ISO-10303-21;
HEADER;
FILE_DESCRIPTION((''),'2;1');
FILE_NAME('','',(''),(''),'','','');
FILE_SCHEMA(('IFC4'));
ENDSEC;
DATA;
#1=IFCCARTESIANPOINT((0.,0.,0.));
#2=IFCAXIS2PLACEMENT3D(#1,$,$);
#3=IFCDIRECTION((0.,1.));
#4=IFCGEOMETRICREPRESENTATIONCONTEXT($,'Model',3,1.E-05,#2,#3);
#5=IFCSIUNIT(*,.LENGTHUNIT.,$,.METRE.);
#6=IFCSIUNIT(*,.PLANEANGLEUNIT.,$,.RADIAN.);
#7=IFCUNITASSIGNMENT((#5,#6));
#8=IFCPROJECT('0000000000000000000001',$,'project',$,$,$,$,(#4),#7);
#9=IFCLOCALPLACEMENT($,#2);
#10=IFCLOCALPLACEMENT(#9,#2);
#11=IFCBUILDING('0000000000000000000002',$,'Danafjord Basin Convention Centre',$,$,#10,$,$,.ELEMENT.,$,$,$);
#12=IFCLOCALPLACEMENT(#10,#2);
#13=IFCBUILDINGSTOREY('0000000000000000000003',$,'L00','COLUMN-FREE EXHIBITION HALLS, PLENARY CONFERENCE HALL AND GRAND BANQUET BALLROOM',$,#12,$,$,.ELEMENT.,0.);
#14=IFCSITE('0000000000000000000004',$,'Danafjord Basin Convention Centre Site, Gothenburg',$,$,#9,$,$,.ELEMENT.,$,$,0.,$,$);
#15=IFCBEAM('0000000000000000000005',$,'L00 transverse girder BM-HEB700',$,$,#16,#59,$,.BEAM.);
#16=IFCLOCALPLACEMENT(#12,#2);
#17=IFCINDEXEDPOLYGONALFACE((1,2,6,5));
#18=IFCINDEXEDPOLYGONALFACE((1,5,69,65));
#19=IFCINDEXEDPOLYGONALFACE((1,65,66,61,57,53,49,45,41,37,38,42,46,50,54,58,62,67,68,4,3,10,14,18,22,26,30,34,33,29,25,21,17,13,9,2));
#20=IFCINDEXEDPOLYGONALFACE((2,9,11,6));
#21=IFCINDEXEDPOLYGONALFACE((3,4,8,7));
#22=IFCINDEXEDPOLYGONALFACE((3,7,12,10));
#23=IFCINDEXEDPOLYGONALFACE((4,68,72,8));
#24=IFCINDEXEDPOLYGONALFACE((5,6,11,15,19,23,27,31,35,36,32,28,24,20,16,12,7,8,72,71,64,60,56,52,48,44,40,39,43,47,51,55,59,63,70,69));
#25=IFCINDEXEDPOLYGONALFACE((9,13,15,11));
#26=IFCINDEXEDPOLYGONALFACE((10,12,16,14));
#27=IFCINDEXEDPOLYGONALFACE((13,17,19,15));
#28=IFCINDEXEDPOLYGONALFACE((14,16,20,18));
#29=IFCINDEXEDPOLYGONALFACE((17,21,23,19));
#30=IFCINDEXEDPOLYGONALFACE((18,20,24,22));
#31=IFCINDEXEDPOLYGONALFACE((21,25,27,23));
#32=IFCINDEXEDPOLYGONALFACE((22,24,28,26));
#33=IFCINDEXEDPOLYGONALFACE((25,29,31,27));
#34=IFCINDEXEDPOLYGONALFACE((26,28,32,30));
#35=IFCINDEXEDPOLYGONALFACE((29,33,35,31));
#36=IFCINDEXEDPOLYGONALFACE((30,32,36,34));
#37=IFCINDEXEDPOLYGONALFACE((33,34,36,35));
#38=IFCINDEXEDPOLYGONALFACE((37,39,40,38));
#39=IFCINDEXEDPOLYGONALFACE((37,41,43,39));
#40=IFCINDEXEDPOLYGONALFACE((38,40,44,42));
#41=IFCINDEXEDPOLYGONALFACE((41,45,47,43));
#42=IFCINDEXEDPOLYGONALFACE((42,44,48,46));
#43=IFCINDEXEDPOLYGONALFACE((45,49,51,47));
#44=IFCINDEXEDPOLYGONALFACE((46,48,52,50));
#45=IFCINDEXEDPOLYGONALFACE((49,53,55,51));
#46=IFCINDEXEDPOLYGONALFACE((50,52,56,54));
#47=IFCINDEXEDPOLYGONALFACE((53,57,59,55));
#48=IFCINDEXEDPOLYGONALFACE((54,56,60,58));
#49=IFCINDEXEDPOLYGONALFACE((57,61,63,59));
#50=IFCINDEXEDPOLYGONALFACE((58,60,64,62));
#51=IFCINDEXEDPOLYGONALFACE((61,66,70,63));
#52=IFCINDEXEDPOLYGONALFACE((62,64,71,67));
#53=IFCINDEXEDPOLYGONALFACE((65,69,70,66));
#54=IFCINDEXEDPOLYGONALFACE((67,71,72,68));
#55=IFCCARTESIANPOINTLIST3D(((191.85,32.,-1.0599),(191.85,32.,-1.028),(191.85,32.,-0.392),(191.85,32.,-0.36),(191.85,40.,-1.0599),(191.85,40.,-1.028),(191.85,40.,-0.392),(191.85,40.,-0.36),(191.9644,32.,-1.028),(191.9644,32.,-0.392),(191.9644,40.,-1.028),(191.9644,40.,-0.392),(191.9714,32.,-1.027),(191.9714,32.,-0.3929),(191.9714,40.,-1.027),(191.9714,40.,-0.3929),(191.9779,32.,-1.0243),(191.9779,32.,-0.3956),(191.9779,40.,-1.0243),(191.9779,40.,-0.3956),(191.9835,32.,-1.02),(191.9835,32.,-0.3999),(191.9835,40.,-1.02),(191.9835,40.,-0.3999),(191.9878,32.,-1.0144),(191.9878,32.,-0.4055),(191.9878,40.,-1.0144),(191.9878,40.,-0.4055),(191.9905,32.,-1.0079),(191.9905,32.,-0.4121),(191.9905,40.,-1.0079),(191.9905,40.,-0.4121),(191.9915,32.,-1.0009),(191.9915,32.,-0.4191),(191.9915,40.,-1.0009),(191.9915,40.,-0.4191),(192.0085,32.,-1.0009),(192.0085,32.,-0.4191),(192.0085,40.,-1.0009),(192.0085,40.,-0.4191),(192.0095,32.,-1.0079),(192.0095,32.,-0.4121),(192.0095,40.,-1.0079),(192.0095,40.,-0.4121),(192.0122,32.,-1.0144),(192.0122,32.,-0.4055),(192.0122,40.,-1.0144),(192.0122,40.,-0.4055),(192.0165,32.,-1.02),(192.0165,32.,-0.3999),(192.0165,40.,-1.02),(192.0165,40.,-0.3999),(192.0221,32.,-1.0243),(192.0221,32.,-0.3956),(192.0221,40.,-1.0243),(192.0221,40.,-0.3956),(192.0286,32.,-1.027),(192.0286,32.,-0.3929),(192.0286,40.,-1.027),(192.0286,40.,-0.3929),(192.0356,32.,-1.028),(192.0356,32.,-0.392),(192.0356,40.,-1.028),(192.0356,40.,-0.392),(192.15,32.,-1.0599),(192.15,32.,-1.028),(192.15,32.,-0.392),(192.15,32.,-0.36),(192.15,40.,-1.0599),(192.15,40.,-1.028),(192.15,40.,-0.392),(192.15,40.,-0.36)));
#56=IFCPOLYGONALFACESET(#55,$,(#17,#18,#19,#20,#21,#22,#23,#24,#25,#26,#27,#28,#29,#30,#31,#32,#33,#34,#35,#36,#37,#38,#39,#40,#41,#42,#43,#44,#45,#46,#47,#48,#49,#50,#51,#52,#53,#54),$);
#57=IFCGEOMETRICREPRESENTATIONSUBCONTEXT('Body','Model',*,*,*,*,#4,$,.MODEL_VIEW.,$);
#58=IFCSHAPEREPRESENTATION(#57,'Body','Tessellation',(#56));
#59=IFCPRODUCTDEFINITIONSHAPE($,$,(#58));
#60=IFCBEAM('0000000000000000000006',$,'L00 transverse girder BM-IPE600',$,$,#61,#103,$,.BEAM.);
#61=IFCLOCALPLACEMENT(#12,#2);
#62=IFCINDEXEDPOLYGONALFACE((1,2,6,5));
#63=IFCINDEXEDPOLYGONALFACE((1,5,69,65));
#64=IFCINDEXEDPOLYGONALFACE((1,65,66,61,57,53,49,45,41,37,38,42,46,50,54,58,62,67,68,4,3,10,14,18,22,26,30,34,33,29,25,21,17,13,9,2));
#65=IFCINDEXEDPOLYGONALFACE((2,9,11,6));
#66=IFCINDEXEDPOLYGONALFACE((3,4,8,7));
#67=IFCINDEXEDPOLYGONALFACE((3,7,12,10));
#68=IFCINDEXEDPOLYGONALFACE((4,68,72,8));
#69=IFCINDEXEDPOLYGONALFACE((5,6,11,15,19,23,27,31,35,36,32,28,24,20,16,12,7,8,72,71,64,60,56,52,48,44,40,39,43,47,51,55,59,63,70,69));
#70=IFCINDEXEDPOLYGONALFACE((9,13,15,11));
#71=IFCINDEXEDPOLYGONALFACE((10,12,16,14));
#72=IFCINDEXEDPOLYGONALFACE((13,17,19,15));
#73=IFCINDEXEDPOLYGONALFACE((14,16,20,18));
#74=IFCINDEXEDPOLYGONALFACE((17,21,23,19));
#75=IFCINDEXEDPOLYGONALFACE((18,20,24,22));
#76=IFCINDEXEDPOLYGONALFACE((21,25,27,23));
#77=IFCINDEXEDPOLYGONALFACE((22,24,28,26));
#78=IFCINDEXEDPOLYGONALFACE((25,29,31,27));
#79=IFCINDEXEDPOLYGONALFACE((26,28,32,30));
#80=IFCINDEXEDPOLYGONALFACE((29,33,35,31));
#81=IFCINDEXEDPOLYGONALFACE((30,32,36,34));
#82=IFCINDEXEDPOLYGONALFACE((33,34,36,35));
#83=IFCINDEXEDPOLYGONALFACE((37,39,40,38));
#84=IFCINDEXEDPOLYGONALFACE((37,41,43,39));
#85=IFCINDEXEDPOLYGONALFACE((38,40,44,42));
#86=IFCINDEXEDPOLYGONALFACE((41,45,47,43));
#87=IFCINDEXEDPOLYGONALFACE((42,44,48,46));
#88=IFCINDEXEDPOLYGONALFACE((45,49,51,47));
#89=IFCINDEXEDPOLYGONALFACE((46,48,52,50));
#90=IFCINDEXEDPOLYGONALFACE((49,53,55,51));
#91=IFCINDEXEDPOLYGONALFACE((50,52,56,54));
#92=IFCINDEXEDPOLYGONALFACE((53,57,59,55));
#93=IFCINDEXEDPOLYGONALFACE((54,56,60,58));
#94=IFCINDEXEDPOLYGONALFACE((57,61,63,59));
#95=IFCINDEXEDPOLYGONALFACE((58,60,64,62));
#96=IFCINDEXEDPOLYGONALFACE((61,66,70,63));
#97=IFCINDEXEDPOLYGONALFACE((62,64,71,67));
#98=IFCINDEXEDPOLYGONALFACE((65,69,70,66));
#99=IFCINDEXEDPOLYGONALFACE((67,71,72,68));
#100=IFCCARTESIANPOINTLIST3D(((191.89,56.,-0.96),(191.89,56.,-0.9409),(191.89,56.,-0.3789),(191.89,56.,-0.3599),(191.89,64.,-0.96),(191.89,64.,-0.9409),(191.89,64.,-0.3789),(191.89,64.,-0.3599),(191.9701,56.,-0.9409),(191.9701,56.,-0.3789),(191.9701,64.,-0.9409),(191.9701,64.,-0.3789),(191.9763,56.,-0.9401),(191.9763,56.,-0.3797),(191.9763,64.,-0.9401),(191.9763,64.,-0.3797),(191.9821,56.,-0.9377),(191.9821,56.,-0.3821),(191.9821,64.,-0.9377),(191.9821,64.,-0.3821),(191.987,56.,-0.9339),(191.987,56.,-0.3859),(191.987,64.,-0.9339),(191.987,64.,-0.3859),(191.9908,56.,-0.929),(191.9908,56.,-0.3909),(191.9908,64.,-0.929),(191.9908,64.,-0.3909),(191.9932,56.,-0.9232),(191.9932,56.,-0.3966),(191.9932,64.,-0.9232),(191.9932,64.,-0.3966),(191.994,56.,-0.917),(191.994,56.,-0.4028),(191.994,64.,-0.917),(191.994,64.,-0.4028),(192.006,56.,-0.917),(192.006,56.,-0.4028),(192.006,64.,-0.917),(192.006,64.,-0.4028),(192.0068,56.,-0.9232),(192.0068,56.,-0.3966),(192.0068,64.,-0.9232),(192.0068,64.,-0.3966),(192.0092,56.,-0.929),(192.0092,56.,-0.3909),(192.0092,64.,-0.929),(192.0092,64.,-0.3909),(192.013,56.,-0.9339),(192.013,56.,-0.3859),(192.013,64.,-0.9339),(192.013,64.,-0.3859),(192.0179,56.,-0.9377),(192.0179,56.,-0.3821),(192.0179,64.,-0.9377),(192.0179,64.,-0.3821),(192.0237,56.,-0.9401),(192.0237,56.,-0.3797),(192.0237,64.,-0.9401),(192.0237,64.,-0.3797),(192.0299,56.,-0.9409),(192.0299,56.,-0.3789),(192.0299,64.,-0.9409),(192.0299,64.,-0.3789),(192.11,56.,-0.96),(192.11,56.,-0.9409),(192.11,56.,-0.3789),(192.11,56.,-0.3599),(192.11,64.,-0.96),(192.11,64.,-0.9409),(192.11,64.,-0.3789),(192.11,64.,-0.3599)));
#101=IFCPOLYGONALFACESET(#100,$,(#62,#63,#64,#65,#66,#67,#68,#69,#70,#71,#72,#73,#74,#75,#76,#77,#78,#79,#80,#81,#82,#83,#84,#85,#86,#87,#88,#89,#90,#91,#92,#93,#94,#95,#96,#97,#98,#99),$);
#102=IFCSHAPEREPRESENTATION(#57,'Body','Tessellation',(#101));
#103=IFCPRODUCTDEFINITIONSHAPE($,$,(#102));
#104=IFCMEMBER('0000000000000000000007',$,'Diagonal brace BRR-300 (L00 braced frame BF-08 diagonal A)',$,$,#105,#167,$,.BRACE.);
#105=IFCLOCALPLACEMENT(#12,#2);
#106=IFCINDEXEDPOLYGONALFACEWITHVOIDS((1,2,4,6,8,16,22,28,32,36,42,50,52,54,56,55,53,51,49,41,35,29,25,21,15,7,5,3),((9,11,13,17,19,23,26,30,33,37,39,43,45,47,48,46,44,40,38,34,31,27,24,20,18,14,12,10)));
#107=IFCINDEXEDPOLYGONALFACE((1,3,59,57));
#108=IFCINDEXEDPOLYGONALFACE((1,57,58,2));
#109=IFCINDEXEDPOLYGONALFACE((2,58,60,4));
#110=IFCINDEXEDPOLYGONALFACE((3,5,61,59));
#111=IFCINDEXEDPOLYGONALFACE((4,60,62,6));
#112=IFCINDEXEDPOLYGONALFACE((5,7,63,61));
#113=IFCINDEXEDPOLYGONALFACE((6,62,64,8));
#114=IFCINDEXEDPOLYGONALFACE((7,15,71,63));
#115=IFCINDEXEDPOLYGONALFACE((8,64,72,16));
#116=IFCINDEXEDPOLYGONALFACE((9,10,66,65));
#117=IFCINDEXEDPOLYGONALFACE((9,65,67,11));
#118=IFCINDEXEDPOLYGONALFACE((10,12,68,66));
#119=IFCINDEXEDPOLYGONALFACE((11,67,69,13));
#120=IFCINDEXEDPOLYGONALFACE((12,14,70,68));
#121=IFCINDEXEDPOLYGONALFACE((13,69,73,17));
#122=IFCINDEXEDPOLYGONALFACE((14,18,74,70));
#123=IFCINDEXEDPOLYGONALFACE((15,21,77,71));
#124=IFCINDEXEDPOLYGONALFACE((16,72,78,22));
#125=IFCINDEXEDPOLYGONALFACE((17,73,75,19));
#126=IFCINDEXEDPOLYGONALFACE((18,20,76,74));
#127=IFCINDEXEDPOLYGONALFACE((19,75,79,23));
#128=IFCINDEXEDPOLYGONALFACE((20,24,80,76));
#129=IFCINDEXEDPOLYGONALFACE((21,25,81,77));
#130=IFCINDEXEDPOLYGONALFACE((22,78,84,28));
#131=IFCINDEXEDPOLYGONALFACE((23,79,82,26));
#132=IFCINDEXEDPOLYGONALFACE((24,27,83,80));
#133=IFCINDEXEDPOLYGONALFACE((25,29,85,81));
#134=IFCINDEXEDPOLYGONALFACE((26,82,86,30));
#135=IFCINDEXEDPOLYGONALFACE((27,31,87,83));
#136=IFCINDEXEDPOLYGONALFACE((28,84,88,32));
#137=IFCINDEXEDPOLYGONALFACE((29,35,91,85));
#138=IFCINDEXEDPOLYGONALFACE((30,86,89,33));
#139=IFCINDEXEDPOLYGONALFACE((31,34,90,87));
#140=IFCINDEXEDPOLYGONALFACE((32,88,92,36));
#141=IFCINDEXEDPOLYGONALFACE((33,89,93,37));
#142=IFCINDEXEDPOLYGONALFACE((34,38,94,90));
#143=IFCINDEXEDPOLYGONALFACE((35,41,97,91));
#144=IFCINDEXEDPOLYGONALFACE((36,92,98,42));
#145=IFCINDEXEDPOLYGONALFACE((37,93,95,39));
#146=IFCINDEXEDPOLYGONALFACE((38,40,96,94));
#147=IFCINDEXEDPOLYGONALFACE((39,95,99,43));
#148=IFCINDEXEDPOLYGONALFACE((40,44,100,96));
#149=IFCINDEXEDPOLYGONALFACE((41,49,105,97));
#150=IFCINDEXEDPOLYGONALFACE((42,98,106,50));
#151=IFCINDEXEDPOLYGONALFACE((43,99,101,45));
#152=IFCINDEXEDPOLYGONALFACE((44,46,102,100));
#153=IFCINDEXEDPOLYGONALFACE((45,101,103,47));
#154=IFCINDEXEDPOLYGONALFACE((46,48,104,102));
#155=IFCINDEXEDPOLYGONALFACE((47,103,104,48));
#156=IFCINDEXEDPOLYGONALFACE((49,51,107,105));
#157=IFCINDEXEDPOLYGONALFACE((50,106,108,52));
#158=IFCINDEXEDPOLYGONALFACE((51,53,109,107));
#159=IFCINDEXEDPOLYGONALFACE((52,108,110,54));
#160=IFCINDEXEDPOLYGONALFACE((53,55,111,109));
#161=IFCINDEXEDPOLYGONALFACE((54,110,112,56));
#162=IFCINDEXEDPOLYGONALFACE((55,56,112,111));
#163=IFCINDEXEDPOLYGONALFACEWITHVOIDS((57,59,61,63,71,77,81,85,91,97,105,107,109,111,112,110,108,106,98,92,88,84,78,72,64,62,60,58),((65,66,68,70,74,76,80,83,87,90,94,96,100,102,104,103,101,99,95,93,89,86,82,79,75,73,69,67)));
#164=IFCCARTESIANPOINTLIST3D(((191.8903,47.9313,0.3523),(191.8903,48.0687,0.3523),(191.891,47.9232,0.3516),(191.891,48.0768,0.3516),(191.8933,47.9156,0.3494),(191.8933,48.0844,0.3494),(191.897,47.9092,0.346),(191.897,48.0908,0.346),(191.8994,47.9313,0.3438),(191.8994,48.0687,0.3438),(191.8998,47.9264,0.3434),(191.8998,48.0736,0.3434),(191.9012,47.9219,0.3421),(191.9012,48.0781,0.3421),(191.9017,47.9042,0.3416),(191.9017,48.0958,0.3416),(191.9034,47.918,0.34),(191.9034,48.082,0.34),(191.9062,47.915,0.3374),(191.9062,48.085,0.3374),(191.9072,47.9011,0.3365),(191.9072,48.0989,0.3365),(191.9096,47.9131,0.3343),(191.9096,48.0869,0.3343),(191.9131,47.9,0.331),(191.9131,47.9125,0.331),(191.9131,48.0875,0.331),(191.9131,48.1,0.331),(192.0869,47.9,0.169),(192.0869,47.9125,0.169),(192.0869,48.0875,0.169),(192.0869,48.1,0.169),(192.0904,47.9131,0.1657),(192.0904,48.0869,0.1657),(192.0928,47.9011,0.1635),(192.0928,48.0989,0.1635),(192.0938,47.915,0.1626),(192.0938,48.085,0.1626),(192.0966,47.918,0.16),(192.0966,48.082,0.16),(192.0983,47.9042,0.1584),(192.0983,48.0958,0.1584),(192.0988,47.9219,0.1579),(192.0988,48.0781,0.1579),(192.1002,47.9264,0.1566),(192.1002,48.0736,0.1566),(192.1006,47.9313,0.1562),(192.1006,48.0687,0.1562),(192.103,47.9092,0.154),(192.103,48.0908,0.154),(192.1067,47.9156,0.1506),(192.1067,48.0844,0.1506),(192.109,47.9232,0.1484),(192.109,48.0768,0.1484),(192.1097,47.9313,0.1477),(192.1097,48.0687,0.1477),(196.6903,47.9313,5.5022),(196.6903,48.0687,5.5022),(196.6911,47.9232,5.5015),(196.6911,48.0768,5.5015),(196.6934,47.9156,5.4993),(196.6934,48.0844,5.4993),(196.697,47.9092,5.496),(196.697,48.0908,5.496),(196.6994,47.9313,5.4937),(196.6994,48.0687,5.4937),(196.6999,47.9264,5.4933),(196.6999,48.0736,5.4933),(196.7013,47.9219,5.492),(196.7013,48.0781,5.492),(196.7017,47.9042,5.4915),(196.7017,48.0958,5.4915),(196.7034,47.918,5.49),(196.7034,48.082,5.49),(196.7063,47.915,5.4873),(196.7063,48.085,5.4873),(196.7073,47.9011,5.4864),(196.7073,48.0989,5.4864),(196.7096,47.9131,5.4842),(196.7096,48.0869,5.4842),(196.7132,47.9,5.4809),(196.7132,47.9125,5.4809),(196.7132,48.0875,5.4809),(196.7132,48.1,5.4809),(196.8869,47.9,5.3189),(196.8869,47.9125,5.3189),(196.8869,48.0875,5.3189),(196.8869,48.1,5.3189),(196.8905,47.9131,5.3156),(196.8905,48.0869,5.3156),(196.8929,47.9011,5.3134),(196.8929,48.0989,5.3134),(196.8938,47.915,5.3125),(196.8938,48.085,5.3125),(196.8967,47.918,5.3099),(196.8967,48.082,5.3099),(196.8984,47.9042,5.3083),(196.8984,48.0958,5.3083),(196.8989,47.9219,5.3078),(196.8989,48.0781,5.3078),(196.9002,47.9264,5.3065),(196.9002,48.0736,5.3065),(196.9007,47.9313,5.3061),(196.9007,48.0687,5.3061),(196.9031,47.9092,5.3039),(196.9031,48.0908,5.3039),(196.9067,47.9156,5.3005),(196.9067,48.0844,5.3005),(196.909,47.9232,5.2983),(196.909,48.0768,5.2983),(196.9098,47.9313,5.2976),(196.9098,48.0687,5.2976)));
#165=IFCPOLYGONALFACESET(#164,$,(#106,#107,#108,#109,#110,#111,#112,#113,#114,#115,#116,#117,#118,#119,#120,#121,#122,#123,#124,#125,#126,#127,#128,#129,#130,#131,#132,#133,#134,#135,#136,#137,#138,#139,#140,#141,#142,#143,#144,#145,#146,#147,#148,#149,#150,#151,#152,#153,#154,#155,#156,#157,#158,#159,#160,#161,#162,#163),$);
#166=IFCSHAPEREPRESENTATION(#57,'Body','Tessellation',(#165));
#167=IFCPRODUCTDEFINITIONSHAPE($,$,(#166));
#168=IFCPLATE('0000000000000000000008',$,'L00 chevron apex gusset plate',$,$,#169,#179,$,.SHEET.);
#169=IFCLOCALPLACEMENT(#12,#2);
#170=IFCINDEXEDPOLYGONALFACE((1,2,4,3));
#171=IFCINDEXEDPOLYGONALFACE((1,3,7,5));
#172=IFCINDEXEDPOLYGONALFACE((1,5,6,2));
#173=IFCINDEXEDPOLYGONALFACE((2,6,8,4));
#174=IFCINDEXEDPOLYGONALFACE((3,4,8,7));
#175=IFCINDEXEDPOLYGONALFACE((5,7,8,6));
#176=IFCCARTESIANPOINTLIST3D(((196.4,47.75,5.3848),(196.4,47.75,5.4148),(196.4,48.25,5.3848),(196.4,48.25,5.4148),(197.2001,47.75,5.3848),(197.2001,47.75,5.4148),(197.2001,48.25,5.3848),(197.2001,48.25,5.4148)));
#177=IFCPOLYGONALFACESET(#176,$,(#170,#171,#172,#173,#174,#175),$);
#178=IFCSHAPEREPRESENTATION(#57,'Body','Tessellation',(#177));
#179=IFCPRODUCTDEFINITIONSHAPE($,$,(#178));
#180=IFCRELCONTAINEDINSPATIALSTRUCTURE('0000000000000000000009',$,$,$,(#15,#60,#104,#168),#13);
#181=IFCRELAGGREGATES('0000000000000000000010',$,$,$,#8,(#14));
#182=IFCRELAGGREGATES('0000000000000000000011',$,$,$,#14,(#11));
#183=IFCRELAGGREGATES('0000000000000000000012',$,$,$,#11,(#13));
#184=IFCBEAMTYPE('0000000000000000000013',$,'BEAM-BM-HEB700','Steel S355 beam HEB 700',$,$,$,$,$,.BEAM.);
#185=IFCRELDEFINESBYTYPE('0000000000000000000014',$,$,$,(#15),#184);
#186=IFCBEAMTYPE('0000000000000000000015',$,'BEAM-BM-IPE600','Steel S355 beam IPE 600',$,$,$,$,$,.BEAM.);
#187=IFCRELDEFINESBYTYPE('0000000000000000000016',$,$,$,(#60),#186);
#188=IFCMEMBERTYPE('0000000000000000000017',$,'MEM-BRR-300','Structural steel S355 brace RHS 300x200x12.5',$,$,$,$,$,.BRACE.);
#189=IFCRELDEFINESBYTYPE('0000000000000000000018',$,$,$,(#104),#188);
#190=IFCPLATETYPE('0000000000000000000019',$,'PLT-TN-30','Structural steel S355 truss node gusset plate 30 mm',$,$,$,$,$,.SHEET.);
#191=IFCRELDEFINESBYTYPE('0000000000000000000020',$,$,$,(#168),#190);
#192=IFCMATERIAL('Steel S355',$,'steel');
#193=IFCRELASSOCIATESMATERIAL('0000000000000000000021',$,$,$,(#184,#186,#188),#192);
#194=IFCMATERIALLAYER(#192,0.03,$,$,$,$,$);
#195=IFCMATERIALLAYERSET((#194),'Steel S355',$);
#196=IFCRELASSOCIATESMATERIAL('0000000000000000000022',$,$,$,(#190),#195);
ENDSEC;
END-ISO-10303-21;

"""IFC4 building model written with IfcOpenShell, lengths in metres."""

from ifc_helpers import new_model, si_unit, direction, frame, origin, origin_2d, place, context, subcontext, project, spatial, rectangle, hollow_rectangle, i_section, extrude, material, layer, layer_set, material_profile, profile_set, type_object, element, save


model = new_model("IFC4")

# Units and contexts
model_context = context("Model", 3, precision=1e-05, world=origin(), true_north=direction((0.0, 1.0)))
body_context = subcontext(model_context, "Body", "Model", "MODEL_VIEW")
ifc_project = project(units=[si_unit("LENGTHUNIT", "METRE"), si_unit("PLANEANGLEUNIT", "RADIAN")], contexts=[model_context])

# Site, building, storey
site_placement = place(None, origin())
site = spatial("IfcSite", under=ifc_project, at=site_placement, Name="Danafjord Basin Convention Centre Site, Gothenburg", CompositionType="ELEMENT", RefElevation=0.0)
building_placement = place(site_placement, origin())
building = spatial("IfcBuilding", under=site, at=building_placement, Name="Danafjord Basin Convention Centre", CompositionType="ELEMENT")
storey_placement = place(building_placement, origin())
storey = spatial("IfcBuildingStorey", under=building, at=storey_placement, Name="L00", Description="COLUMN-FREE EXHIBITION HALLS, PLENARY CONFERENCE HALL AND GRAND BANQUET BALLROOM", CompositionType="ELEMENT", Elevation=0.0)

# Shared definitions
ifc_material_1 = material(Name="Steel S355", Category="steel")

# Beams
ifc_material_profile_1 = material_profile(ifc_material_1, i_section(OverallWidth=0.3, OverallDepth=0.7, WebThickness=0.0171, FlangeThickness=0.032, FilletRadius=0.0271, at=origin_2d()), Name="HEB 700")
ifc_profile_set_1 = profile_set([ifc_material_profile_1], Name="Steel S355")
beam_type_1 = type_object("IfcBeamType", Name="BEAM-BM-HEB700", Description="Steel S355 beam HEB 700", PredefinedType="BEAM", material=ifc_profile_set_1)
beam_1_placement = place(storey_placement, frame((192.0, 32.0, -0.71), z_axis=(0.0, 1.0, 0.0), x_axis=(-1.0, 0.0, 0.0)))
element("IfcBeam", 1, at=beam_1_placement, inside=storey, type_object=beam_type_1, Name="L00 transverse girder BM-HEB700", PredefinedType="BEAM", context=body_context, shape_type="SweptSolid", body=[
    extrude(i_section(OverallWidth=0.3, OverallDepth=0.7, WebThickness=0.0171, FlangeThickness=0.032, FilletRadius=0.0271, at=origin_2d()), origin(), (0.0, 0.0, 1.0), 8.0),
])
ifc_material_profile_2 = material_profile(ifc_material_1, i_section(OverallWidth=0.22, OverallDepth=0.6001, WebThickness=0.012, FlangeThickness=0.019, FilletRadius=0.0239, at=origin_2d()), Name="IPE 600")
ifc_profile_set_2 = profile_set([ifc_material_profile_2], Name="Steel S355")
beam_type_2 = type_object("IfcBeamType", Name="BEAM-BM-IPE600", Description="Steel S355 beam IPE 600", PredefinedType="BEAM", material=ifc_profile_set_2)
beam_2_placement = place(storey_placement, frame((192.0, 56.0, -0.6599), z_axis=(0.0, 1.0, 0.0), x_axis=(-1.0, 0.0, 0.0)))
element("IfcBeam", 2, at=beam_2_placement, inside=storey, type_object=beam_type_2, Name="L00 transverse girder BM-IPE600", PredefinedType="BEAM", context=body_context, shape_type="SweptSolid", body=[
    extrude(i_section(OverallWidth=0.22, OverallDepth=0.6001, WebThickness=0.012, FlangeThickness=0.019, FilletRadius=0.0239, at=origin_2d()), origin(), (0.0, 0.0, 1.0), 8.0),
])

# Member
ifc_material_profile_3 = material_profile(ifc_material_1, hollow_rectangle(XDim=0.2, YDim=0.3, WallThickness=0.0125, InnerFilletRadius=0.0188, OuterFilletRadius=0.0312, at=origin_2d()), Name="RHS 300x200x12.5")
ifc_profile_set_3 = profile_set([ifc_material_profile_3], Name="Steel S355")
member_type = type_object("IfcMemberType", Name="MEM-BRR-300", Description="Structural steel S355 brace RHS 300x200x12.5", PredefinedType="BRACE", material=ifc_profile_set_3)
member_placement = place(storey_placement, frame((192.0, 48.0, 0.25), z_axis=(0.681823, 0.0, 0.731518), x_axis=(0.0, 1.0, 0.0)))
element("IfcMember", 3, at=member_placement, inside=storey, type_object=member_type, Name="Diagonal brace BRR-300 (L00 braced frame BF-08 diagonal A)", PredefinedType="BRACE", context=body_context, shape_type="SweptSolid", body=[
    extrude(hollow_rectangle(XDim=0.2, YDim=0.3, WallThickness=0.0125, InnerFilletRadius=0.0188, OuterFilletRadius=0.0312, at=origin_2d()), origin(), (0.0, 0.0, 1.0), 7.04),
])

# Plate
ifc_layer_1 = layer(ifc_material_1, 0.03)
ifc_layer_set_1 = layer_set([ifc_layer_1], Name="Steel S355")
plate_type = type_object("IfcPlateType", Name="PLT-TN-30", Description="Structural steel S355 truss node gusset plate 30 mm", PredefinedType="SHEET", material=ifc_layer_set_1)
plate_placement = place(storey_placement, frame((196.8, 48.0, 5.3848), z_axis=(0.0, 0.0, 1.0), x_axis=(1.0, 0.0, 0.0)))
element("IfcPlate", 4, at=plate_placement, inside=storey, type_object=plate_type, Name="L00 chevron apex gusset plate", PredefinedType="SHEET", context=body_context, shape_type="SweptSolid", body=[
    extrude(rectangle(XDim=0.8, YDim=0.5, at=origin_2d()), origin(), (0.0, 0.0, 1.0), 0.03),
])

save(model, "model.ifc")
